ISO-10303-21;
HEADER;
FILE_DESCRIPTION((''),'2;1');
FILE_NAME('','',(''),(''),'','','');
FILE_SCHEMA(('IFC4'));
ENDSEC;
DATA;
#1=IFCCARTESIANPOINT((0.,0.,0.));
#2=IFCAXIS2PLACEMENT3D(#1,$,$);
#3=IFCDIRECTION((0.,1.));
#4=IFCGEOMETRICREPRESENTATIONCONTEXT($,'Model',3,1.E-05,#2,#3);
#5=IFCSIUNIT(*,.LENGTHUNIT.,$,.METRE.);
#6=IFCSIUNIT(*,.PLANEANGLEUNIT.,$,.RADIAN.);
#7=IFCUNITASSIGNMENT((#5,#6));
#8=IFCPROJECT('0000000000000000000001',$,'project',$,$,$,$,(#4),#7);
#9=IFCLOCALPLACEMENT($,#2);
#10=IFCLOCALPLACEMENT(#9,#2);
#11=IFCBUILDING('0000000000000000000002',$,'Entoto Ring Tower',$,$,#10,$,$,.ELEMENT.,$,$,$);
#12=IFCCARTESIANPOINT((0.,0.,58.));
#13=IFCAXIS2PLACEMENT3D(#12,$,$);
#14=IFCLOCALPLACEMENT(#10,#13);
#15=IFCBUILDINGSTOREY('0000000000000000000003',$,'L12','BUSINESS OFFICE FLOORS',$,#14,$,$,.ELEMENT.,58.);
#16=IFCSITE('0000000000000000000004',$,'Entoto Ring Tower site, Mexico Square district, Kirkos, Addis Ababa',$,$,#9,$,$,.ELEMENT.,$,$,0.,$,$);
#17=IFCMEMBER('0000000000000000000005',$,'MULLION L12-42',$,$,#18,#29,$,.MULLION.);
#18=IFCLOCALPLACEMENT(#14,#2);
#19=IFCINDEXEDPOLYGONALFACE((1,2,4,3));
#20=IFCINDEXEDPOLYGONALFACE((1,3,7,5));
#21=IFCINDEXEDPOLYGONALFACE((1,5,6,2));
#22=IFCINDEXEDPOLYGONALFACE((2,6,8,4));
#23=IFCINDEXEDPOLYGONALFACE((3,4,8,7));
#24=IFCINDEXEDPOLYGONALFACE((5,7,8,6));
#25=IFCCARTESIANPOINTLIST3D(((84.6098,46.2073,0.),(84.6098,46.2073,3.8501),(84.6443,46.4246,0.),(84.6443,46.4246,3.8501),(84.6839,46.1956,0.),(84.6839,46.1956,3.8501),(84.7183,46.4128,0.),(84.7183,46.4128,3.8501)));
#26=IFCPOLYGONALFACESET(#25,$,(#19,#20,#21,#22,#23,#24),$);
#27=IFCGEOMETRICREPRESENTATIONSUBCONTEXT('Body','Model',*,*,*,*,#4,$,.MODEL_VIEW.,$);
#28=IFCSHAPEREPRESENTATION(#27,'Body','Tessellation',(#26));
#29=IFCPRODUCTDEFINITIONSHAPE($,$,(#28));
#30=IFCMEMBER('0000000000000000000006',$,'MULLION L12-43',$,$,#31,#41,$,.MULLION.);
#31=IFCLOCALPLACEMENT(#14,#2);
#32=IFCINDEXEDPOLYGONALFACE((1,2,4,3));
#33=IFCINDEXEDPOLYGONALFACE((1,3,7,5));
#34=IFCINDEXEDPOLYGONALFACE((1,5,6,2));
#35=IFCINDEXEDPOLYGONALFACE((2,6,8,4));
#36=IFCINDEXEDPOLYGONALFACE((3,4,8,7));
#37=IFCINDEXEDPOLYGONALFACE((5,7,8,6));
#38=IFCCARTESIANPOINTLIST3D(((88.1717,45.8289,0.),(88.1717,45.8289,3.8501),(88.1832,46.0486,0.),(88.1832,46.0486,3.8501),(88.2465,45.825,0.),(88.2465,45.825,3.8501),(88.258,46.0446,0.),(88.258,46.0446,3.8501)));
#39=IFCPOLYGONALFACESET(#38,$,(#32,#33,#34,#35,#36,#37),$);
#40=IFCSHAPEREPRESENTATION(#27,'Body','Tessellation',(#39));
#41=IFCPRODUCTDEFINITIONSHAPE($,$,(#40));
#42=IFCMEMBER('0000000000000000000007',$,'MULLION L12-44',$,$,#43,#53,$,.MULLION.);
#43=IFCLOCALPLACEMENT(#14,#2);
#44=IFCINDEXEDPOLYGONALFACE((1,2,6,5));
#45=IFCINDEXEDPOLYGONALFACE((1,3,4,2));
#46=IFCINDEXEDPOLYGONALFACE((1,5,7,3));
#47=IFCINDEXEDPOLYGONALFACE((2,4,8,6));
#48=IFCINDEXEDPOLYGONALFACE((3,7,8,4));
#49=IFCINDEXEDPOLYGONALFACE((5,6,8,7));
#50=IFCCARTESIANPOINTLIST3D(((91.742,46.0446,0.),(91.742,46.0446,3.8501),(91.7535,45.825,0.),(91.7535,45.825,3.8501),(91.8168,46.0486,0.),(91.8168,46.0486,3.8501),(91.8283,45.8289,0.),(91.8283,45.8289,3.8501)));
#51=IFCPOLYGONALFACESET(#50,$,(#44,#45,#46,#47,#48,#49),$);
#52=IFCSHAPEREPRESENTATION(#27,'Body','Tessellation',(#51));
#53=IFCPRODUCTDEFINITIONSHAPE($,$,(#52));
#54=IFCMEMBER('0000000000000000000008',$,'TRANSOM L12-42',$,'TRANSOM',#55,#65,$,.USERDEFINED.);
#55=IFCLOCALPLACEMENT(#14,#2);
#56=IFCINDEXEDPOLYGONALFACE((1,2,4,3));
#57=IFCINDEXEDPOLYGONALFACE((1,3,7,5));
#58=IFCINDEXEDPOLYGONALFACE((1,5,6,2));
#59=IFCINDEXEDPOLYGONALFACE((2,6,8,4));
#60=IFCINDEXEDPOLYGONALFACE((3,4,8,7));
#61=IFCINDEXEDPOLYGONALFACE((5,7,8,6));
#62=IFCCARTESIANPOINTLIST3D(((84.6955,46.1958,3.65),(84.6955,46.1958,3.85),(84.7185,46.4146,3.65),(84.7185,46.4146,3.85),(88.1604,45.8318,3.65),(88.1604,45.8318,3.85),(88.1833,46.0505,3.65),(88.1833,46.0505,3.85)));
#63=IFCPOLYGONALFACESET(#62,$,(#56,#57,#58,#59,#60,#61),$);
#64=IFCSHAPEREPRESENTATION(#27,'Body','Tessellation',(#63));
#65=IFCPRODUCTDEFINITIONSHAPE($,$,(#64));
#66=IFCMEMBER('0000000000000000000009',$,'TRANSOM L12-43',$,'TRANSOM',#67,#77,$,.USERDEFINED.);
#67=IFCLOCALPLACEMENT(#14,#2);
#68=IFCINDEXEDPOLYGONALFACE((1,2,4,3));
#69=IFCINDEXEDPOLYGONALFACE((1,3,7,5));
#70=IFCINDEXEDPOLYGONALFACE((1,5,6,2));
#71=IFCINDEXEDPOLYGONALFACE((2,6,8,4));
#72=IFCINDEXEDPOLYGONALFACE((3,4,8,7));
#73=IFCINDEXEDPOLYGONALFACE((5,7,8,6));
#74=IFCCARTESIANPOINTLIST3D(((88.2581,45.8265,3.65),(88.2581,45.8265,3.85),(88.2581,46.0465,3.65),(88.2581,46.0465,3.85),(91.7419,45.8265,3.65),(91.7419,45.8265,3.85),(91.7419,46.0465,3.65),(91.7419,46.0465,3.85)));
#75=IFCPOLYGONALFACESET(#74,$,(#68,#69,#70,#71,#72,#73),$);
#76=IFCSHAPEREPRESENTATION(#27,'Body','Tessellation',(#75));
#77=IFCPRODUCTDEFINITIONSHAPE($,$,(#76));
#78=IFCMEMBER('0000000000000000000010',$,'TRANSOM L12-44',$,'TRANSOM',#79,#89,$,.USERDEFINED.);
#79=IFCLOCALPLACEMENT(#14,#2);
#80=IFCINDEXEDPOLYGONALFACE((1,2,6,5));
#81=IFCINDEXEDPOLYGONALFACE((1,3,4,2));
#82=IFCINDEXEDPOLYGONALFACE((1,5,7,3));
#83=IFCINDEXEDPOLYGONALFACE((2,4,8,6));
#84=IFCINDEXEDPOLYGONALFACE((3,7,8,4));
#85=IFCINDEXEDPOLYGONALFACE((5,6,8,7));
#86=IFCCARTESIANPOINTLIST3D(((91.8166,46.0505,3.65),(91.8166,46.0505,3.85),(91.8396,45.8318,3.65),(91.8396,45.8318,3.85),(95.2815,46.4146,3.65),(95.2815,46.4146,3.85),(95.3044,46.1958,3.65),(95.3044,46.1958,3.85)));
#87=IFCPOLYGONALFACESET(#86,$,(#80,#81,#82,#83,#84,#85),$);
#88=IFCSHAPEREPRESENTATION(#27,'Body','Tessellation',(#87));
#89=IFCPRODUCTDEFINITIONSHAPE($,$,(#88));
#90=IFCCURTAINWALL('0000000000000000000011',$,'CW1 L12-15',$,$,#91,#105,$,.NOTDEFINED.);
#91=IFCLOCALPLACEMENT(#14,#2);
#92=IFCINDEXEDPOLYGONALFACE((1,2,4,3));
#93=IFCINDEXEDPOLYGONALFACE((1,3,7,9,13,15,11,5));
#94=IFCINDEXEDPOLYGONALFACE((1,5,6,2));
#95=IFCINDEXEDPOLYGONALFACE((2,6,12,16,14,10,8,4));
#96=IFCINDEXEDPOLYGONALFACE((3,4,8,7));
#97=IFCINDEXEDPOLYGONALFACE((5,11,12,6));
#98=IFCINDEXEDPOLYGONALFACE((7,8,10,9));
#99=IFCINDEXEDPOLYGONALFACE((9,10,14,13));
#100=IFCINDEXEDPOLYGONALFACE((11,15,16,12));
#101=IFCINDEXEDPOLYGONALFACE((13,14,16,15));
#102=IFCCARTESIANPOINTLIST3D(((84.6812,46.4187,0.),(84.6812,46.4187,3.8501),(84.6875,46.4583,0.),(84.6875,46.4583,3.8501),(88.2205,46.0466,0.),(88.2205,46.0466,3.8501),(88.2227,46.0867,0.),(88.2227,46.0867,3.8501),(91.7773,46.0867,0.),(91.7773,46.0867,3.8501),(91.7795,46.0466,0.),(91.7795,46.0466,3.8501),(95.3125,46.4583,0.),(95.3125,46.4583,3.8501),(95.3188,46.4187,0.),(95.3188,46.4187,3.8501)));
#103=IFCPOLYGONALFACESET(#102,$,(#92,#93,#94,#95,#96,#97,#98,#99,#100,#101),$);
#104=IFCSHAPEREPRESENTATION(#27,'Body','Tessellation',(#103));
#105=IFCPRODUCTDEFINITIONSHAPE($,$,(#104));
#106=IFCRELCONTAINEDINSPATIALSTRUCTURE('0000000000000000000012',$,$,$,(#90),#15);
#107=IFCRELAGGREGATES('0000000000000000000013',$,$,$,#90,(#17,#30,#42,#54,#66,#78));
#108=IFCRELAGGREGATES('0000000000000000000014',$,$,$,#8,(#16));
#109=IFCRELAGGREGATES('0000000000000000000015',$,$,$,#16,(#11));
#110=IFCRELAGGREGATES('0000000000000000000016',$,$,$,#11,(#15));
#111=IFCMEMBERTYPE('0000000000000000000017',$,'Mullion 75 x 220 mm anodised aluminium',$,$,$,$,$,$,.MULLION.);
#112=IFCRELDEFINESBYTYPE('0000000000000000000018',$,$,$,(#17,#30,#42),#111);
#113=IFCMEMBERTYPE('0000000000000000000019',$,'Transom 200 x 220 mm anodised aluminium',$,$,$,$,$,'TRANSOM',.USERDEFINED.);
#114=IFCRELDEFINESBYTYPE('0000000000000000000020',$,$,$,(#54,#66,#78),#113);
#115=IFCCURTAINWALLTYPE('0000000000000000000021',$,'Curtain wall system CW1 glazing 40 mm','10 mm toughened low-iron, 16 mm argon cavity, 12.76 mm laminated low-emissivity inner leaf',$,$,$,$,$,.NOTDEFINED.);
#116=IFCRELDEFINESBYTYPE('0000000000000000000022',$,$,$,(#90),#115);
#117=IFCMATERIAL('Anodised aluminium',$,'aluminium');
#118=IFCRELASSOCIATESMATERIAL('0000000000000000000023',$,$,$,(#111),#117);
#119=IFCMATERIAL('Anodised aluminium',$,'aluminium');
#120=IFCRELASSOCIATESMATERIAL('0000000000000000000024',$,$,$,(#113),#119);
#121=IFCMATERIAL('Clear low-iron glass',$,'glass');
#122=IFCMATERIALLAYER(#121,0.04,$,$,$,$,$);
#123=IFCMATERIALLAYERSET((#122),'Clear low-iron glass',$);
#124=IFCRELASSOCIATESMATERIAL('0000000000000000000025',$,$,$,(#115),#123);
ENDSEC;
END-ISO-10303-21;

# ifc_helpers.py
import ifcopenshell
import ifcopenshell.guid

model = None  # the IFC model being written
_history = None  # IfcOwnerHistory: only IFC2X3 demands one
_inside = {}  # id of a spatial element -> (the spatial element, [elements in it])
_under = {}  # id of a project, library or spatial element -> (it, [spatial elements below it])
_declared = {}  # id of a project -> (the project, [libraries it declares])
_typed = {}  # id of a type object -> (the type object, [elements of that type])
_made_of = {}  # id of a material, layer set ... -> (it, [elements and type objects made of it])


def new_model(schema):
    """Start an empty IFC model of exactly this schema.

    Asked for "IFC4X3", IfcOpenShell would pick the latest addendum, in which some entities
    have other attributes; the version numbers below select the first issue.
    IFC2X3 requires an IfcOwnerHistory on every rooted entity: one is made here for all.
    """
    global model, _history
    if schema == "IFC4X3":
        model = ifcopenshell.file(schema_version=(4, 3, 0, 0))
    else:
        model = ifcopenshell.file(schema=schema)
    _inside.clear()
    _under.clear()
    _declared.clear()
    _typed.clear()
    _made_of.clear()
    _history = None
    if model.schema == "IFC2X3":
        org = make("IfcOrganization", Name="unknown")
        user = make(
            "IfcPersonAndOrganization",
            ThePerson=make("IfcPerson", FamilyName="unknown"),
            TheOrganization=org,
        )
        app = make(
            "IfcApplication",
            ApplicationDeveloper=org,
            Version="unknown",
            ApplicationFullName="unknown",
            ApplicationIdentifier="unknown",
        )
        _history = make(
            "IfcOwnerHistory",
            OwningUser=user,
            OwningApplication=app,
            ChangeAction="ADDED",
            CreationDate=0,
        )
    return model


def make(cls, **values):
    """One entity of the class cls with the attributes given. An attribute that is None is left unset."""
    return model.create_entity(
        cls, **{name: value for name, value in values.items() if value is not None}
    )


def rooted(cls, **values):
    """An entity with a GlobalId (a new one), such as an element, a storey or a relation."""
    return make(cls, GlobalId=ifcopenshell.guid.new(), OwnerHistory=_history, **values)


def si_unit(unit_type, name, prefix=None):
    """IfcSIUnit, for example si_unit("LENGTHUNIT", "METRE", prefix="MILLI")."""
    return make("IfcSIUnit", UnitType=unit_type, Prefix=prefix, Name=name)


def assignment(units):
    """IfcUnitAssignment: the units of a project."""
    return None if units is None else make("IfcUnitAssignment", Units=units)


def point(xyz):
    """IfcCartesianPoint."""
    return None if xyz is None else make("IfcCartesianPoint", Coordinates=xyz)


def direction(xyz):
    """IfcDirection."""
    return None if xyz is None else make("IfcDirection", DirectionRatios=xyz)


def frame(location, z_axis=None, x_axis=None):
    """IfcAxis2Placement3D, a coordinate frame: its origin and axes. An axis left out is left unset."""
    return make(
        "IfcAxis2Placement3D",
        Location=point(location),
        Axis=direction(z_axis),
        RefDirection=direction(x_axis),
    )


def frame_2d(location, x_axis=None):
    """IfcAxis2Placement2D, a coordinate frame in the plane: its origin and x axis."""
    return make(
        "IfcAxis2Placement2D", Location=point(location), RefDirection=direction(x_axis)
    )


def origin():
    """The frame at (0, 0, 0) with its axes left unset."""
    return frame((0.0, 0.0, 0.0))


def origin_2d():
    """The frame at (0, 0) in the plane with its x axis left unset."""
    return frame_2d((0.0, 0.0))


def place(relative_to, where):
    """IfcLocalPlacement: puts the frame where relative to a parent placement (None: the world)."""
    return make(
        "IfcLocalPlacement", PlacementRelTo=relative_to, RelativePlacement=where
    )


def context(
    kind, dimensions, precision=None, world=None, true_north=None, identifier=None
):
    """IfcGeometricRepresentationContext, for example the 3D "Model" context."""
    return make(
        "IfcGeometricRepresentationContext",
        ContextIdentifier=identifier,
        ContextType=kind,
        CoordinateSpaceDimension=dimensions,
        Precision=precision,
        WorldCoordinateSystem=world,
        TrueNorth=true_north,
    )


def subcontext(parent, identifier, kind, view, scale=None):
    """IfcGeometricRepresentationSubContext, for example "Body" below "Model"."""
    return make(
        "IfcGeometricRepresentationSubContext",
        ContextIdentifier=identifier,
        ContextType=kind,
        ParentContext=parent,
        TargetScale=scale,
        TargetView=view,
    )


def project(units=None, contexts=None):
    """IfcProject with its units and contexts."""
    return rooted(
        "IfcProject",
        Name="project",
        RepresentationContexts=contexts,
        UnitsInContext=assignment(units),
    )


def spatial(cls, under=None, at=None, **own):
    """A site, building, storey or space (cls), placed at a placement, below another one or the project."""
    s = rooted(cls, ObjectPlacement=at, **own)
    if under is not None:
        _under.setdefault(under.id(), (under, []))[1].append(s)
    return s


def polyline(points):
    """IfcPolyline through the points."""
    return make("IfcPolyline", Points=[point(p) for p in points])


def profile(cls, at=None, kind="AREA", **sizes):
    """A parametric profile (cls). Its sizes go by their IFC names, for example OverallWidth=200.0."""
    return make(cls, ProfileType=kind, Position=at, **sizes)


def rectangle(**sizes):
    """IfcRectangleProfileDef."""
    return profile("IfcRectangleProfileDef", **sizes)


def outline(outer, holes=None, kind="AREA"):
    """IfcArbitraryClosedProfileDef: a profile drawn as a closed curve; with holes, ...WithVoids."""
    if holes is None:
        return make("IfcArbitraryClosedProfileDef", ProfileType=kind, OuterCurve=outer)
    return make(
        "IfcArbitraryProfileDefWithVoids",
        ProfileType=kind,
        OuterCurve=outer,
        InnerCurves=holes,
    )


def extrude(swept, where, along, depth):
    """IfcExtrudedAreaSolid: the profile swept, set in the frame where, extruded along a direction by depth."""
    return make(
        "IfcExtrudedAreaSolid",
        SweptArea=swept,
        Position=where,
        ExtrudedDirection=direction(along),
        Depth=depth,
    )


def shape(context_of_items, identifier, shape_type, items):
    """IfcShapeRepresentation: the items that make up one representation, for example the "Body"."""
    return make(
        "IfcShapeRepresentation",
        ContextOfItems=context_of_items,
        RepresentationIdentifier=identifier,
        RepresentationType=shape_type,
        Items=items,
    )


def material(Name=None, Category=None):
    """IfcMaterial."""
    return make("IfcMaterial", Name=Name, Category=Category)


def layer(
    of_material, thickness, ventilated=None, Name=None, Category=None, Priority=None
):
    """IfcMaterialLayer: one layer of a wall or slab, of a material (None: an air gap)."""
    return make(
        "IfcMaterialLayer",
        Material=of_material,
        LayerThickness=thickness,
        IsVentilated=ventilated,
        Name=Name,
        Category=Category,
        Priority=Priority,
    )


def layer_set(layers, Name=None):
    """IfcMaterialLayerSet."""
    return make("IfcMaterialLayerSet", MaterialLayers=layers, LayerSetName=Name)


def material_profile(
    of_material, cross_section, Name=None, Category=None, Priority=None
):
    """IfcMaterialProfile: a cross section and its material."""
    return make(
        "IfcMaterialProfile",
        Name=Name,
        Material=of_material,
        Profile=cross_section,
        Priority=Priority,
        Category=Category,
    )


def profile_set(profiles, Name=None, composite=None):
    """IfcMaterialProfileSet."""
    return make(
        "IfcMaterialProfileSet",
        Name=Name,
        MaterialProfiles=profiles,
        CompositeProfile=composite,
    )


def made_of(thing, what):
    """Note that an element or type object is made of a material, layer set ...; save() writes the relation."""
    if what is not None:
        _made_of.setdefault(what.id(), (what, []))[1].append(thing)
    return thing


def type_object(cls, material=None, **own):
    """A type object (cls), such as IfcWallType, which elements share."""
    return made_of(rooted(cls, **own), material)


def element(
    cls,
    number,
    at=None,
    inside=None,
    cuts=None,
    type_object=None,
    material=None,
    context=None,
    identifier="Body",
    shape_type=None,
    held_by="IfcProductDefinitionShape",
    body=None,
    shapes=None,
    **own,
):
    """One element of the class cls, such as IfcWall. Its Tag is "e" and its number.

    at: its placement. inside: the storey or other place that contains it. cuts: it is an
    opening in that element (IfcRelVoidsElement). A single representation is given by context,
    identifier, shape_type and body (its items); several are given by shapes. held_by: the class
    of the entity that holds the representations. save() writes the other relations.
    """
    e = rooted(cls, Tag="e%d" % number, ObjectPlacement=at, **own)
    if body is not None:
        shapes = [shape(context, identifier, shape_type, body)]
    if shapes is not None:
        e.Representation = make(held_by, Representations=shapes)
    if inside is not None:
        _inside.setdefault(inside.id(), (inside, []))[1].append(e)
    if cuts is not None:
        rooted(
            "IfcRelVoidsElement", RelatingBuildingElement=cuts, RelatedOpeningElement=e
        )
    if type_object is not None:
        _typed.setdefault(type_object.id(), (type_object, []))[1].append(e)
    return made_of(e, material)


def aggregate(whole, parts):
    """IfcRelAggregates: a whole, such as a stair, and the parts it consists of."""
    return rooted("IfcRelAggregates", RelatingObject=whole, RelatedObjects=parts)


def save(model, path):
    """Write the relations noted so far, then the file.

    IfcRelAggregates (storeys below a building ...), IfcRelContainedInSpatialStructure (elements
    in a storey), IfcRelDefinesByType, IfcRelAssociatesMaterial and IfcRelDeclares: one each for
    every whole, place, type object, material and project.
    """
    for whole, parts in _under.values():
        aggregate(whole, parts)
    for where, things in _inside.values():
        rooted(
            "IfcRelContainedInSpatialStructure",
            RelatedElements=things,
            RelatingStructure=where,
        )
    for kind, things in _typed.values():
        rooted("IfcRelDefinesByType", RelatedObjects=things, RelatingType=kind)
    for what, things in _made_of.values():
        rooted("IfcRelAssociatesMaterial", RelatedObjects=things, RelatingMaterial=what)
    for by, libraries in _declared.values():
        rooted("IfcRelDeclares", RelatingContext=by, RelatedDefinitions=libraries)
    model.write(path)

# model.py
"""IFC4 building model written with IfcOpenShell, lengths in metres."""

from ifc_helpers import new_model, si_unit, direction, frame, origin, origin_2d, place, context, subcontext, project, spatial, polyline, rectangle, outline, extrude, material, layer, layer_set, material_profile, profile_set, type_object, element, aggregate, save


model = new_model("IFC4")

# Units and contexts
model_context = context("Model", 3, precision=1e-05, world=origin(), true_north=direction((0.0, 1.0)))
body_context = subcontext(model_context, "Body", "Model", "MODEL_VIEW")
ifc_project = project(units=[si_unit("LENGTHUNIT", "METRE"), si_unit("PLANEANGLEUNIT", "RADIAN")], contexts=[model_context])

# Members
ifc_material_1 = material(Name="Anodised aluminium", Category="aluminium")
ifc_material_profile_1 = material_profile(ifc_material_1, rectangle(XDim=0.075, YDim=0.22, at=origin_2d()), Name="Mullion 75 x 220 mm anodised aluminium")
ifc_profile_set_1 = profile_set([ifc_material_profile_1], Name="Anodised aluminium")
member_type_1 = type_object("IfcMemberType", Name="Mullion 75 x 220 mm anodised aluminium", PredefinedType="MULLION", material=ifc_profile_set_1)
site_placement = place(None, origin())
building_placement = place(site_placement, origin())
storey_placement = place(building_placement, frame((0.0, 0.0, 58.0)))
member_1_placement = place(storey_placement, frame((84.6641, 46.3101, 0.0), z_axis=(0.0, 0.0, 1.0), x_axis=(0.987688, -0.156434, 0.0)))
member_1 = element("IfcMember", 1, at=member_1_placement, type_object=member_type_1, Name="MULLION L12-42", PredefinedType="MULLION", context=body_context, shape_type="SweptSolid", body=[
    extrude(rectangle(XDim=0.075, YDim=0.22, at=origin_2d()), origin(), (0.0, 0.0, 1.0), 3.8501),
])
member_2_placement = place(storey_placement, frame((88.2148, 45.9368, 0.0), z_axis=(0.0, 0.0, 1.0), x_axis=(0.99863, -0.052336, 0.0)))
member_2 = element("IfcMember", 2, at=member_2_placement, type_object=member_type_1, Name="MULLION L12-43", PredefinedType="MULLION", context=body_context, shape_type="SweptSolid", body=[
    extrude(rectangle(XDim=0.075, YDim=0.22, at=origin_2d()), origin(), (0.0, 0.0, 1.0), 3.8501),
])
member_3_placement = place(storey_placement, frame((91.7852, 45.9368, 0.0), z_axis=(0.0, 0.0, 1.0), x_axis=(0.99863, 0.052336, 0.0)))
member_3 = element("IfcMember", 3, at=member_3_placement, type_object=member_type_1, Name="MULLION L12-44", PredefinedType="MULLION", context=body_context, shape_type="SweptSolid", body=[
    extrude(rectangle(XDim=0.075, YDim=0.22, at=origin_2d()), origin(), (0.0, 0.0, 1.0), 3.8501),
])
ifc_material_2 = material(Name="Anodised aluminium", Category="aluminium")
ifc_material_profile_2 = material_profile(ifc_material_2, rectangle(XDim=0.22, YDim=0.2, at=origin_2d()), Name="Transom 200 x 220 mm anodised aluminium")
ifc_profile_set_2 = profile_set([ifc_material_profile_2], Name="Anodised aluminium")
member_type_2 = type_object("IfcMemberType", Name="Transom 200 x 220 mm anodised aluminium", ElementType="TRANSOM", PredefinedType="USERDEFINED", material=ifc_profile_set_2)
member_4_placement = place(storey_placement, frame((84.707, 46.3052, 3.75), z_axis=(0.994527, -0.104484, 0.0), x_axis=(0.104484, 0.994527, 0.0)))
member_4 = element("IfcMember", 4, at=member_4_placement, type_object=member_type_2, Name="TRANSOM L12-42", ObjectType="TRANSOM", PredefinedType="USERDEFINED", context=body_context, shape_type="SweptSolid", body=[
    extrude(rectangle(XDim=0.22, YDim=0.2, at=origin_2d()), origin(), (0.0, 0.0, 1.0), 3.4839),
])
member_5_placement = place(storey_placement, frame((88.2581, 45.9365, 3.75), z_axis=(1.0, 0.0, 0.0), x_axis=(0.0, 1.0, 0.0)))
member_5 = element("IfcMember", 5, at=member_5_placement, type_object=member_type_2, Name="TRANSOM L12-43", ObjectType="TRANSOM", PredefinedType="USERDEFINED", context=body_context, shape_type="SweptSolid", body=[
    extrude(rectangle(XDim=0.22, YDim=0.2, at=origin_2d()), origin(), (0.0, 0.0, 1.0), 3.4839),
])
member_6_placement = place(storey_placement, frame((91.8281, 45.9412, 3.75), z_axis=(0.994527, 0.104484, 0.0), x_axis=(-0.104484, 0.994527, 0.0)))
member_6 = element("IfcMember", 6, at=member_6_placement, type_object=member_type_2, Name="TRANSOM L12-44", ObjectType="TRANSOM", PredefinedType="USERDEFINED", context=body_context, shape_type="SweptSolid", body=[
    extrude(rectangle(XDim=0.22, YDim=0.2, at=origin_2d()), origin(), (0.0, 0.0, 1.0), 3.4839),
])

# Site, building, storey
site = spatial("IfcSite", under=ifc_project, at=site_placement, Name="Entoto Ring Tower site, Mexico Square district, Kirkos, Addis Ababa", CompositionType="ELEMENT", RefElevation=0.0)
building = spatial("IfcBuilding", under=site, at=building_placement, Name="Entoto Ring Tower", CompositionType="ELEMENT")
storey = spatial("IfcBuildingStorey", under=building, at=storey_placement, Name="L12", Description="BUSINESS OFFICE FLOORS", CompositionType="ELEMENT", Elevation=58.0)

# Curtain wall
ifc_material_3 = material(Name="Clear low-iron glass", Category="glass")
ifc_layer = layer(ifc_material_3, 0.04)
ifc_layer_set = layer_set([ifc_layer], Name="Clear low-iron glass")
curtain_wall_type = type_object("IfcCurtainWallType", Name="Curtain wall system CW1 glazing 40 mm", Description="10 mm toughened low-iron, 16 mm argon cavity, 12.76 mm laminated low-emissivity inner leaf", PredefinedType="NOTDEFINED", material=ifc_layer_set)
curtain_wall_1_placement = place(storey_placement, origin())
curtain_wall_1 = element("IfcCurtainWall", 7, at=curtain_wall_1_placement, inside=storey, type_object=curtain_wall_type, Name="CW1 L12-15", PredefinedType="NOTDEFINED", context=body_context, shape_type="SweptSolid", body=[
    extrude(outline(polyline([(84.6812, 46.4187), (88.2205, 46.0466), (91.7795, 46.0466), (95.3188, 46.4187), (95.3125, 46.4583), (91.7773, 46.0867), (88.2227, 46.0867), (84.6875, 46.4583), (84.6812, 46.4187)])), origin(), (0.0, 0.0, 1.0), 3.8501),
])
aggregate(curtain_wall_1, [member_1, member_2, member_3, member_4, member_5, member_6])

save(model, "model.ifc")
